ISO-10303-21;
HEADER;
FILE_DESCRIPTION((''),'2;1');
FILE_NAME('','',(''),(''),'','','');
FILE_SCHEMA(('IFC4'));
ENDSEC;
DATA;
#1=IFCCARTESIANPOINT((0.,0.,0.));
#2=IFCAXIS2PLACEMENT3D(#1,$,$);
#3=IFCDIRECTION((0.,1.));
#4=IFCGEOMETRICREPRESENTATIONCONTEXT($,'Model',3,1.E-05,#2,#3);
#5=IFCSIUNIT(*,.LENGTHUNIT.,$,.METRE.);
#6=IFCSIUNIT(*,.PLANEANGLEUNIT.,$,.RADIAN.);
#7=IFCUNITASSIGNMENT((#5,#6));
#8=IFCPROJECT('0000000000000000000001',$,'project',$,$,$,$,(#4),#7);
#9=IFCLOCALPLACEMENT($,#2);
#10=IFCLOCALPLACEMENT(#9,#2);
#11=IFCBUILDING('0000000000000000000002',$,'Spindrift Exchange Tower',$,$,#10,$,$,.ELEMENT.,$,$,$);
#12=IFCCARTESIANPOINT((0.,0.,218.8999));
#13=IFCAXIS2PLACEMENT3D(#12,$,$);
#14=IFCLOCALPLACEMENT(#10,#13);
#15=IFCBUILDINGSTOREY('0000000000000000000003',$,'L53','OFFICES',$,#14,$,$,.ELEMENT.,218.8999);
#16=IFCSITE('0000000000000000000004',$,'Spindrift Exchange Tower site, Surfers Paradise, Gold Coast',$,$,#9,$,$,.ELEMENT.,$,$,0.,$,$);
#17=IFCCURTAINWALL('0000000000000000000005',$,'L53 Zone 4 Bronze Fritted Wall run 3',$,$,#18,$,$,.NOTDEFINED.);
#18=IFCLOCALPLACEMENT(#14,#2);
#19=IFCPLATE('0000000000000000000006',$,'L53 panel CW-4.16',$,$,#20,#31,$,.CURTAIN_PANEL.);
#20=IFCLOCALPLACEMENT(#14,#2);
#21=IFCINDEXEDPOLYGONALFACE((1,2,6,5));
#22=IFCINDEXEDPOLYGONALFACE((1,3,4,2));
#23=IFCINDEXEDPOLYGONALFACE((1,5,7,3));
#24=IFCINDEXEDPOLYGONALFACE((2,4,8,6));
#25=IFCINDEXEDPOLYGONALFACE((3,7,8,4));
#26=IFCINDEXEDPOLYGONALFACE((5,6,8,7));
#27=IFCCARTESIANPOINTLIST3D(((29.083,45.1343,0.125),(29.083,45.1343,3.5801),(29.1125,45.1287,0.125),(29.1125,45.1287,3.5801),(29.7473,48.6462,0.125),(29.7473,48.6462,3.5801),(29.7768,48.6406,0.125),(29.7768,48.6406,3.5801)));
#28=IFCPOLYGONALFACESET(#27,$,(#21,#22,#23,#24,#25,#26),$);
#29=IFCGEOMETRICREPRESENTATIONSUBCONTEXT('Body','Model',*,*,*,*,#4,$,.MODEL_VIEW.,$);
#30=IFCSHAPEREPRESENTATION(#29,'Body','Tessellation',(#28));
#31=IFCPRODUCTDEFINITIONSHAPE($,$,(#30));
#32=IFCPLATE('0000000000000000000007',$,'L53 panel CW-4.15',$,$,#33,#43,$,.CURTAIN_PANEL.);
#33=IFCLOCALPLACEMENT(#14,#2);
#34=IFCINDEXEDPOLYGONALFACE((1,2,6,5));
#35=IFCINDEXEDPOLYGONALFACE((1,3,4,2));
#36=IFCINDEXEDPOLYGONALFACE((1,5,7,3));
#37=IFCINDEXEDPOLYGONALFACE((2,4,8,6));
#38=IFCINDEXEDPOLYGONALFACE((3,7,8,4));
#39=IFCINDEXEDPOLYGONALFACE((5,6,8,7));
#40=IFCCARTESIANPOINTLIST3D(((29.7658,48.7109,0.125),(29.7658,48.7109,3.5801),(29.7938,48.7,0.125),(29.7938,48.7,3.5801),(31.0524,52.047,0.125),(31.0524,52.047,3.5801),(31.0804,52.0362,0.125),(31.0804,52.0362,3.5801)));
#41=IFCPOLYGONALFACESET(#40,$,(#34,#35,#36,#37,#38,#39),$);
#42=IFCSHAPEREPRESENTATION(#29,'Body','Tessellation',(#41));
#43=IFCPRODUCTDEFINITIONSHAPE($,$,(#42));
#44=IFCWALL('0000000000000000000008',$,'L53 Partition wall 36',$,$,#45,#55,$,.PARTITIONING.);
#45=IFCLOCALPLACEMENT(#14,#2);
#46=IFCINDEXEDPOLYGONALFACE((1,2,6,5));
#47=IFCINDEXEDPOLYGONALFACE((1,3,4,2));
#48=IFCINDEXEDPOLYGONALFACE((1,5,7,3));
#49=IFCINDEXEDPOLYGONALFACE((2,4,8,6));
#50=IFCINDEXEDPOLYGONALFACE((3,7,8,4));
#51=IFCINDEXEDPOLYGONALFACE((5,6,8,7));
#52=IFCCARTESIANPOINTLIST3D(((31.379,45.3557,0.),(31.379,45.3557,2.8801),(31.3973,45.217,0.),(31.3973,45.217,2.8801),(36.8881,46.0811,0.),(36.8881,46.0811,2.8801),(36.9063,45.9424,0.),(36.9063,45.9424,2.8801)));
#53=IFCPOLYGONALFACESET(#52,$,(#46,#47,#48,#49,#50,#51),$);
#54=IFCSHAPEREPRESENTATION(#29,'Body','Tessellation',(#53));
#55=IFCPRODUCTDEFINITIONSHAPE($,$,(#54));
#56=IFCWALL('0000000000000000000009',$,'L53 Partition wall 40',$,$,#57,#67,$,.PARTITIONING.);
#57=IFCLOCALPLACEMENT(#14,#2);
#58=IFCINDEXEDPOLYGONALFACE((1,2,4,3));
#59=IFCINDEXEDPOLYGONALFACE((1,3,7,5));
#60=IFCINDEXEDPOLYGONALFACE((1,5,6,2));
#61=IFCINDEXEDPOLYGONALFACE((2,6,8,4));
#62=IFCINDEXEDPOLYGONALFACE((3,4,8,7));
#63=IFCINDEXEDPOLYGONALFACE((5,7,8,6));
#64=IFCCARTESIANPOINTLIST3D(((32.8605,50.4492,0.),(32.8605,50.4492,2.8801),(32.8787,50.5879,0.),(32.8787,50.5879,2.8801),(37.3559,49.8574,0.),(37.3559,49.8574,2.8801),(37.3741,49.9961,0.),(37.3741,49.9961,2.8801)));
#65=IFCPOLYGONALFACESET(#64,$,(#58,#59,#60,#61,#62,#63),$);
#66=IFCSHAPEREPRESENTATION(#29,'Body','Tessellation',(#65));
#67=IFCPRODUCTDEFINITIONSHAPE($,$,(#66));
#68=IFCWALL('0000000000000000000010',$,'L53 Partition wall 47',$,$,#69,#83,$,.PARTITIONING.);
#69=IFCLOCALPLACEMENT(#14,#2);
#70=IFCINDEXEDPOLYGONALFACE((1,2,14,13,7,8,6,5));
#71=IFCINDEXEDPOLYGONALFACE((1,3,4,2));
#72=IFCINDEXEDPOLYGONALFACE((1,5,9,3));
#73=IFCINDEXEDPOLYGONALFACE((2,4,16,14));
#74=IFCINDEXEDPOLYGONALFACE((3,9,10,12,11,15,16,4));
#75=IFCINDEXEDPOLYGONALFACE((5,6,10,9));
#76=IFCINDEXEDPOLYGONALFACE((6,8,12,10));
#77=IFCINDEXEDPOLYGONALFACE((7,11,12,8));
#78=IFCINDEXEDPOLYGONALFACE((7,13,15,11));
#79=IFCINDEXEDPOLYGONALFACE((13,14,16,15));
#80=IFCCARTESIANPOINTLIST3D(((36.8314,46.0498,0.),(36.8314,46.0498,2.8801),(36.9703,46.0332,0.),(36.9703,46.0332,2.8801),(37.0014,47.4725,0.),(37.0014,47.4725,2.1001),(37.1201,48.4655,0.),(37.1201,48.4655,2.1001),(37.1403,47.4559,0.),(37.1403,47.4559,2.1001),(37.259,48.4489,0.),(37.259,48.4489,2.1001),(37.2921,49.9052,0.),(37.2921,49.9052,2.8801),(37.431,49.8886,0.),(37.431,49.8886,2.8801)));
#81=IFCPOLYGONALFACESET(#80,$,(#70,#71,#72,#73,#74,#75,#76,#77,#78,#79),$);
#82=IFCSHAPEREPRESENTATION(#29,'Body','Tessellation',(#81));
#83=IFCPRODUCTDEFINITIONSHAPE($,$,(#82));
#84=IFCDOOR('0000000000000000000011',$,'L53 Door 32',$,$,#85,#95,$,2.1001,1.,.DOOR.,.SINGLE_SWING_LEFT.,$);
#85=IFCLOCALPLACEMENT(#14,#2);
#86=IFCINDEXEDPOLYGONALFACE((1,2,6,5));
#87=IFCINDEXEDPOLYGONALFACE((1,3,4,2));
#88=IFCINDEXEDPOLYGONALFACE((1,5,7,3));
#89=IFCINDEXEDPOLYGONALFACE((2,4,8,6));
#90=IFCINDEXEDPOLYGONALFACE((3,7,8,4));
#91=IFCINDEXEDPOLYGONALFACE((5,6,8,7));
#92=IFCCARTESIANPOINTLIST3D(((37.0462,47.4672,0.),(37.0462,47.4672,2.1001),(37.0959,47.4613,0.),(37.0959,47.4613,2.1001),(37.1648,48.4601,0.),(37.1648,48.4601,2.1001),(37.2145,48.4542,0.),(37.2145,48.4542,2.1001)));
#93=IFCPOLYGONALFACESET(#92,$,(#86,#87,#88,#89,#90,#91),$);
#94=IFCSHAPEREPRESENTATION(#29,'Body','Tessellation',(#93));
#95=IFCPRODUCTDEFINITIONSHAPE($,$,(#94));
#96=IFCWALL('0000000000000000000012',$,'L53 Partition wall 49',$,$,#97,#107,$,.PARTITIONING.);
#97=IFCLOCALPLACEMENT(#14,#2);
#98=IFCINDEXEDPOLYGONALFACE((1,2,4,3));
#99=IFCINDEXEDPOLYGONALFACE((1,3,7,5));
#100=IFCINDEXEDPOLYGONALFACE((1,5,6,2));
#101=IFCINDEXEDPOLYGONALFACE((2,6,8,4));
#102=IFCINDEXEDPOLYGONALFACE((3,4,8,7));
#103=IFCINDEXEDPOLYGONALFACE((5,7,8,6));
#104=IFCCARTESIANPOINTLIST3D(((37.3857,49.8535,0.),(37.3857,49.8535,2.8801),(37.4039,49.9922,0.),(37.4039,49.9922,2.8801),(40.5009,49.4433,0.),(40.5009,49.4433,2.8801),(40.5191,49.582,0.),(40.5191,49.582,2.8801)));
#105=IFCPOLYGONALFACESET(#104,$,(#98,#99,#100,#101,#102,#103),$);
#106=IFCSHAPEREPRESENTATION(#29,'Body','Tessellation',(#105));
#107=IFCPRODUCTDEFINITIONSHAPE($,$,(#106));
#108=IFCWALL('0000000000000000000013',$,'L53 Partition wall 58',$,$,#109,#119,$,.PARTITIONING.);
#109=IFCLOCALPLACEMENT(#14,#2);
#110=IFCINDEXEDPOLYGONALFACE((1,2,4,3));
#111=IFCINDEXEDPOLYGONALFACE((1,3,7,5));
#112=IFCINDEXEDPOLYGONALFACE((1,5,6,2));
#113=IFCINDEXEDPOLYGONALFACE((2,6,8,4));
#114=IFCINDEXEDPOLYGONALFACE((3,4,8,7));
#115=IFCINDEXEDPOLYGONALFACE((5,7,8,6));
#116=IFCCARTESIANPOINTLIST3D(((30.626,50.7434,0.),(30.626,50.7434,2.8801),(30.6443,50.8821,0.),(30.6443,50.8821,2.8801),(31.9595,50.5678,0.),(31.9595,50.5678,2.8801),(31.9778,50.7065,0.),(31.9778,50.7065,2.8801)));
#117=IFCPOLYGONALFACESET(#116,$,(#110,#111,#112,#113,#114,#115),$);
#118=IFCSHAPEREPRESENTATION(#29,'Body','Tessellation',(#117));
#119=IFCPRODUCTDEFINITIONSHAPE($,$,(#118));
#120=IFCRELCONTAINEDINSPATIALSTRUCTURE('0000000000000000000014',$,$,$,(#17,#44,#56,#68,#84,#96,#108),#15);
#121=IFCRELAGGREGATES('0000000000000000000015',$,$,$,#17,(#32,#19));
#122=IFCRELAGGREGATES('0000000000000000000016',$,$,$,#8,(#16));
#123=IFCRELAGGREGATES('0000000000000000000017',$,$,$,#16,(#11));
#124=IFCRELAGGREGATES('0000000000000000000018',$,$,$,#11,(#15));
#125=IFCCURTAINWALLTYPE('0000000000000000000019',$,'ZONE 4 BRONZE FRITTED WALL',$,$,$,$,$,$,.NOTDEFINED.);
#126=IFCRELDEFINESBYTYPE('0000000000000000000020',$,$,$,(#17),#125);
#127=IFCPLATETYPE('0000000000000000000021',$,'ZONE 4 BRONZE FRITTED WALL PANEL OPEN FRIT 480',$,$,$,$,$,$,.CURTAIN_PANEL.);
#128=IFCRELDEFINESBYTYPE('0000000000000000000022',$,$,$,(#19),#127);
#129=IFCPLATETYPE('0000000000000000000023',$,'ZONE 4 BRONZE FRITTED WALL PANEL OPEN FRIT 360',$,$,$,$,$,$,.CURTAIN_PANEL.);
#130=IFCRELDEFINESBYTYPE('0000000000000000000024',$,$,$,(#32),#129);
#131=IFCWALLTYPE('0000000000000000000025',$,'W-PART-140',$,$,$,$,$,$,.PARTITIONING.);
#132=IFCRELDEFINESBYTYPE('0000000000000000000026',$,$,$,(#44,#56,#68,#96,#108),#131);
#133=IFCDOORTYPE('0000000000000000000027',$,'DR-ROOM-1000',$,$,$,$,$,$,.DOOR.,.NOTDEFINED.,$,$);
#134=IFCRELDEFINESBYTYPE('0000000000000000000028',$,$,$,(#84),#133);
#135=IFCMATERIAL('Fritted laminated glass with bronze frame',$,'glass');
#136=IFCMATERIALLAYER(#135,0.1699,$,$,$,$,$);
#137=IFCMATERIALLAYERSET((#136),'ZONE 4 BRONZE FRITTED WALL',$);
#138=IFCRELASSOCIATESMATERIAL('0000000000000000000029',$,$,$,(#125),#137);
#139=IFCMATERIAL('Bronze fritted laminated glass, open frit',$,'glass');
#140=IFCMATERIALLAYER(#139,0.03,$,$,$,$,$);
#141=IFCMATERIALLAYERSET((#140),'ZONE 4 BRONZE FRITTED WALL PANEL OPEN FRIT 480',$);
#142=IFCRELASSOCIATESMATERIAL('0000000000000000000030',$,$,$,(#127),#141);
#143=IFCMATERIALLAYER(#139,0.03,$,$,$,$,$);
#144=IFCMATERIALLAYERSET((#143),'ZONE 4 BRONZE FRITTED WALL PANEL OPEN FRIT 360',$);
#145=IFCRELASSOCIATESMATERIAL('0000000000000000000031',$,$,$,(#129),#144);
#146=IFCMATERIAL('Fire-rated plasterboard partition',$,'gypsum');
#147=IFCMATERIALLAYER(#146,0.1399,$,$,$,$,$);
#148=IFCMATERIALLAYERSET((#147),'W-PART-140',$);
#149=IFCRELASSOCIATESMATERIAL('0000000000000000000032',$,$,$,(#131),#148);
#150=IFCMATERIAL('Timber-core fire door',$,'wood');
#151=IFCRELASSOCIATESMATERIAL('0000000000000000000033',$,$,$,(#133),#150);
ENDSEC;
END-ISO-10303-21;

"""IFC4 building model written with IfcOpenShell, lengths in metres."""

from ifc_helpers import new_model, si_unit, direction, frame, frame_2d, origin, origin_2d, place, context, subcontext, project, spatial, rectangle, extrude, source, transform, mapped, material, layer, layer_set, type_object, element, fill, aggregate, save


model = new_model("IFC4")

# Units and contexts
model_context = context("Model", 3, precision=1e-05, world=origin(), true_north=direction((0.0, 1.0)))
body_context = subcontext(model_context, "Body", "Model", "MODEL_VIEW")
ifc_project = project(units=[si_unit("LENGTHUNIT", "METRE"), si_unit("PLANEANGLEUNIT", "RADIAN")], contexts=[model_context])

# Site, building, storey
site_placement = place(None, origin())
site = spatial("IfcSite", under=ifc_project, at=site_placement, Name="Spindrift Exchange Tower site, Surfers Paradise, Gold Coast", CompositionType="ELEMENT", RefElevation=0.0)
building_placement = place(site_placement, origin())
building = spatial("IfcBuilding", under=site, at=building_placement, Name="Spindrift Exchange Tower", CompositionType="ELEMENT")
storey_placement = place(building_placement, frame((0.0, 0.0, 218.8999)))
storey = spatial("IfcBuildingStorey", under=building, at=storey_placement, Name="L53", Description="OFFICES", CompositionType="ELEMENT", Elevation=218.8999)

# Curtain wall, plates
ifc_material_1 = material(Name="Fritted laminated glass with bronze frame", Category="glass")
ifc_layer_1 = layer(ifc_material_1, 0.1699)
ifc_layer_set_1 = layer_set([ifc_layer_1], Name="ZONE 4 BRONZE FRITTED WALL")
curtain_wall_type = type_object("IfcCurtainWallType", Name="ZONE 4 BRONZE FRITTED WALL", PredefinedType="NOTDEFINED", material=ifc_layer_set_1)
curtain_wall_placement = place(storey_placement, origin())
curtain_wall = element("IfcCurtainWall", 1, at=curtain_wall_placement, inside=storey, type_object=curtain_wall_type, Name="L53 Zone 4 Bronze Fritted Wall run 3", PredefinedType="NOTDEFINED")
ifc_material_2 = material(Name="Bronze fritted laminated glass, open frit", Category="glass")
ifc_layer_2 = layer(ifc_material_2, 0.03)
ifc_layer_set_2 = layer_set([ifc_layer_2], Name="ZONE 4 BRONZE FRITTED WALL PANEL OPEN FRIT 480")
plate_type_1 = type_object("IfcPlateType", Name="ZONE 4 BRONZE FRITTED WALL PANEL OPEN FRIT 480", PredefinedType="CURTAIN_PANEL", material=ifc_layer_set_2)
shared_shape_1 = source(origin(), body_context, "Body", "SweptSolid", [
    extrude(rectangle(XDim=3.5742, YDim=0.03, at=origin_2d()), origin(), (0.0, 0.0, 1.0), 3.4551),
])
plate_1_placement = place(storey_placement, frame((29.4299, 46.8875, 0.125), z_axis=(0.0, 0.0, 1.0), x_axis=(-0.185864, -0.982576, 0.0)))
plate_1 = element("IfcPlate", 2, at=plate_1_placement, type_object=plate_type_1, Name="L53 panel CW-4.16", PredefinedType="CURTAIN_PANEL", context=body_context, shape_type="MappedRepresentation", body=[
    mapped(shared_shape_1, transform((0.0, 0.0, 0.0), scale=1.0)),
])
ifc_layer_3 = layer(ifc_material_2, 0.03)
ifc_layer_set_3 = layer_set([ifc_layer_3], Name="ZONE 4 BRONZE FRITTED WALL PANEL OPEN FRIT 360")
plate_type_2 = type_object("IfcPlateType", Name="ZONE 4 BRONZE FRITTED WALL PANEL OPEN FRIT 360", PredefinedType="CURTAIN_PANEL", material=ifc_layer_set_3)
shared_shape_2 = source(origin(), body_context, "Body", "SweptSolid", [
    extrude(rectangle(XDim=3.5757, YDim=0.03, at=origin_2d()), origin(), (0.0, 0.0, 1.0), 3.4551),
])
plate_2_placement = place(storey_placement, frame((30.4231, 50.3735, 0.125), z_axis=(0.0, 0.0, 1.0), x_axis=(-0.359836, -0.933016, 0.0)))
plate_2 = element("IfcPlate", 3, at=plate_2_placement, type_object=plate_type_2, Name="L53 panel CW-4.15", PredefinedType="CURTAIN_PANEL", context=body_context, shape_type="MappedRepresentation", body=[
    mapped(shared_shape_2, transform((0.0, 0.0, 0.0), scale=1.0)),
])
aggregate(curtain_wall, [plate_2, plate_1])

# Walls
ifc_material_3 = material(Name="Fire-rated plasterboard partition", Category="gypsum")
ifc_layer_4 = layer(ifc_material_3, 0.1399)
ifc_layer_set_4 = layer_set([ifc_layer_4], Name="W-PART-140")
wall_type = type_object("IfcWallType", Name="W-PART-140", PredefinedType="PARTITIONING", material=ifc_layer_set_4)
wall_1_placement = place(storey_placement, frame((36.8972, 46.0117, 0.0), z_axis=(0.0, 0.0, 1.0), x_axis=(-0.991443, -0.130537, 0.0)))
element("IfcWall", 4, at=wall_1_placement, inside=storey, type_object=wall_type, Name="L53 Partition wall 36", PredefinedType="PARTITIONING", context=body_context, shape_type="SweptSolid", body=[
    extrude(rectangle(XDim=5.5566, YDim=0.1399, at=frame_2d((2.7783, 0.0))), origin(), (0.0, 0.0, 1.0), 2.8801),
])
wall_2_placement = place(storey_placement, frame((37.365, 49.9268, 0.0), z_axis=(0.0, 0.0, 1.0), x_axis=(-0.991446, 0.13052, 0.0)))
element("IfcWall", 5, at=wall_2_placement, inside=storey, type_object=wall_type, Name="L53 Partition wall 40", PredefinedType="PARTITIONING", context=body_context, shape_type="SweptSolid", body=[
    extrude(rectangle(XDim=4.5342, YDim=0.1399, at=frame_2d((2.2671, 0.0))), origin(), (0.0, 0.0, 1.0), 2.8801),
])

# Wall, opening, door
wall_3_placement = place(storey_placement, frame((36.9009, 46.0415, 0.0), z_axis=(0.0, 0.0, 1.0), x_axis=(0.118647, 0.992937, 0.0)))
wall_3 = element("IfcWall", 6, at=wall_3_placement, inside=storey, type_object=wall_type, Name="L53 Partition wall 47", PredefinedType="PARTITIONING", context=body_context, shape_type="SweptSolid", body=[
    extrude(rectangle(XDim=3.8828, YDim=0.1399, at=frame_2d((1.9414, 0.0))), origin(), (0.0, 0.0, 1.0), 2.8801),
])
opening_placement = place(wall_3_placement, frame((1.4329, 0.0, 0.0)))
opening = element("IfcOpeningElement", 7, at=opening_placement, cuts=wall_3, PredefinedType="OPENING", context=body_context, shape_type="SweptSolid", body=[
    extrude(rectangle(XDim=1.0, YDim=2.1001, at=frame_2d((0.5, 1.05))), frame((0.0, 0.0798, 0.0), z_axis=(0.0, -1.0, 0.0), x_axis=(1.0, 0.0, 0.0)), (0.0, 0.0, 1.0), 0.1599),
])
ifc_material_4 = material(Name="Timber-core fire door", Category="wood")
door_type = type_object("IfcDoorType", Name="DR-ROOM-1000", OperationType="NOTDEFINED", PredefinedType="DOOR", material=ifc_material_4)
shared_shape_3 = source(origin(), body_context, "Body", "SweptSolid", [
    extrude(rectangle(XDim=1.0, YDim=2.1001, at=frame_2d((0.5, 1.05))), frame((0.0, 0.0249, 0.0), z_axis=(0.0, -1.0, 0.0), x_axis=(1.0, 0.0, 0.0)), (0.0, 0.0, 1.0), 0.05),
])
door_placement = place(opening_placement, origin())
door = element("IfcDoor", 8, at=door_placement, inside=storey, type_object=door_type, Name="L53 Door 32", OperationType="SINGLE_SWING_LEFT", OverallHeight=2.1001, OverallWidth=1.0, PredefinedType="DOOR", context=body_context, shape_type="MappedRepresentation", body=[
    mapped(shared_shape_3, transform((0.0, 0.0, 0.0), scale=1.0)),
])
fill(opening, door)

# Walls
wall_4_placement = place(storey_placement, frame((40.51, 49.5127, 0.0), z_axis=(0.0, 0.0, 1.0), x_axis=(-0.991444, 0.130535, 0.0)))
element("IfcWall", 9, at=wall_4_placement, inside=storey, type_object=wall_type, Name="L53 Partition wall 49", PredefinedType="PARTITIONING", context=body_context, shape_type="SweptSolid", body=[
    extrude(rectangle(XDim=3.1421, YDim=0.1399, at=frame_2d((1.571, 0.0))), origin(), (0.0, 0.0, 1.0), 2.8801),
])
wall_5_placement = place(storey_placement, frame((31.9685, 50.6372, 0.0), z_axis=(0.0, 0.0, 1.0), x_axis=(-0.991447, 0.130511, 0.0)))
element("IfcWall", 10, at=wall_5_placement, inside=storey, type_object=wall_type, Name="L53 Partition wall 58", PredefinedType="PARTITIONING", context=body_context, shape_type="SweptSolid", body=[
    extrude(rectangle(XDim=1.345, YDim=0.1399, at=frame_2d((0.6724, 0.0))), origin(), (0.0, 0.0, 1.0), 2.8801),
])

save(model, "model.ifc")
